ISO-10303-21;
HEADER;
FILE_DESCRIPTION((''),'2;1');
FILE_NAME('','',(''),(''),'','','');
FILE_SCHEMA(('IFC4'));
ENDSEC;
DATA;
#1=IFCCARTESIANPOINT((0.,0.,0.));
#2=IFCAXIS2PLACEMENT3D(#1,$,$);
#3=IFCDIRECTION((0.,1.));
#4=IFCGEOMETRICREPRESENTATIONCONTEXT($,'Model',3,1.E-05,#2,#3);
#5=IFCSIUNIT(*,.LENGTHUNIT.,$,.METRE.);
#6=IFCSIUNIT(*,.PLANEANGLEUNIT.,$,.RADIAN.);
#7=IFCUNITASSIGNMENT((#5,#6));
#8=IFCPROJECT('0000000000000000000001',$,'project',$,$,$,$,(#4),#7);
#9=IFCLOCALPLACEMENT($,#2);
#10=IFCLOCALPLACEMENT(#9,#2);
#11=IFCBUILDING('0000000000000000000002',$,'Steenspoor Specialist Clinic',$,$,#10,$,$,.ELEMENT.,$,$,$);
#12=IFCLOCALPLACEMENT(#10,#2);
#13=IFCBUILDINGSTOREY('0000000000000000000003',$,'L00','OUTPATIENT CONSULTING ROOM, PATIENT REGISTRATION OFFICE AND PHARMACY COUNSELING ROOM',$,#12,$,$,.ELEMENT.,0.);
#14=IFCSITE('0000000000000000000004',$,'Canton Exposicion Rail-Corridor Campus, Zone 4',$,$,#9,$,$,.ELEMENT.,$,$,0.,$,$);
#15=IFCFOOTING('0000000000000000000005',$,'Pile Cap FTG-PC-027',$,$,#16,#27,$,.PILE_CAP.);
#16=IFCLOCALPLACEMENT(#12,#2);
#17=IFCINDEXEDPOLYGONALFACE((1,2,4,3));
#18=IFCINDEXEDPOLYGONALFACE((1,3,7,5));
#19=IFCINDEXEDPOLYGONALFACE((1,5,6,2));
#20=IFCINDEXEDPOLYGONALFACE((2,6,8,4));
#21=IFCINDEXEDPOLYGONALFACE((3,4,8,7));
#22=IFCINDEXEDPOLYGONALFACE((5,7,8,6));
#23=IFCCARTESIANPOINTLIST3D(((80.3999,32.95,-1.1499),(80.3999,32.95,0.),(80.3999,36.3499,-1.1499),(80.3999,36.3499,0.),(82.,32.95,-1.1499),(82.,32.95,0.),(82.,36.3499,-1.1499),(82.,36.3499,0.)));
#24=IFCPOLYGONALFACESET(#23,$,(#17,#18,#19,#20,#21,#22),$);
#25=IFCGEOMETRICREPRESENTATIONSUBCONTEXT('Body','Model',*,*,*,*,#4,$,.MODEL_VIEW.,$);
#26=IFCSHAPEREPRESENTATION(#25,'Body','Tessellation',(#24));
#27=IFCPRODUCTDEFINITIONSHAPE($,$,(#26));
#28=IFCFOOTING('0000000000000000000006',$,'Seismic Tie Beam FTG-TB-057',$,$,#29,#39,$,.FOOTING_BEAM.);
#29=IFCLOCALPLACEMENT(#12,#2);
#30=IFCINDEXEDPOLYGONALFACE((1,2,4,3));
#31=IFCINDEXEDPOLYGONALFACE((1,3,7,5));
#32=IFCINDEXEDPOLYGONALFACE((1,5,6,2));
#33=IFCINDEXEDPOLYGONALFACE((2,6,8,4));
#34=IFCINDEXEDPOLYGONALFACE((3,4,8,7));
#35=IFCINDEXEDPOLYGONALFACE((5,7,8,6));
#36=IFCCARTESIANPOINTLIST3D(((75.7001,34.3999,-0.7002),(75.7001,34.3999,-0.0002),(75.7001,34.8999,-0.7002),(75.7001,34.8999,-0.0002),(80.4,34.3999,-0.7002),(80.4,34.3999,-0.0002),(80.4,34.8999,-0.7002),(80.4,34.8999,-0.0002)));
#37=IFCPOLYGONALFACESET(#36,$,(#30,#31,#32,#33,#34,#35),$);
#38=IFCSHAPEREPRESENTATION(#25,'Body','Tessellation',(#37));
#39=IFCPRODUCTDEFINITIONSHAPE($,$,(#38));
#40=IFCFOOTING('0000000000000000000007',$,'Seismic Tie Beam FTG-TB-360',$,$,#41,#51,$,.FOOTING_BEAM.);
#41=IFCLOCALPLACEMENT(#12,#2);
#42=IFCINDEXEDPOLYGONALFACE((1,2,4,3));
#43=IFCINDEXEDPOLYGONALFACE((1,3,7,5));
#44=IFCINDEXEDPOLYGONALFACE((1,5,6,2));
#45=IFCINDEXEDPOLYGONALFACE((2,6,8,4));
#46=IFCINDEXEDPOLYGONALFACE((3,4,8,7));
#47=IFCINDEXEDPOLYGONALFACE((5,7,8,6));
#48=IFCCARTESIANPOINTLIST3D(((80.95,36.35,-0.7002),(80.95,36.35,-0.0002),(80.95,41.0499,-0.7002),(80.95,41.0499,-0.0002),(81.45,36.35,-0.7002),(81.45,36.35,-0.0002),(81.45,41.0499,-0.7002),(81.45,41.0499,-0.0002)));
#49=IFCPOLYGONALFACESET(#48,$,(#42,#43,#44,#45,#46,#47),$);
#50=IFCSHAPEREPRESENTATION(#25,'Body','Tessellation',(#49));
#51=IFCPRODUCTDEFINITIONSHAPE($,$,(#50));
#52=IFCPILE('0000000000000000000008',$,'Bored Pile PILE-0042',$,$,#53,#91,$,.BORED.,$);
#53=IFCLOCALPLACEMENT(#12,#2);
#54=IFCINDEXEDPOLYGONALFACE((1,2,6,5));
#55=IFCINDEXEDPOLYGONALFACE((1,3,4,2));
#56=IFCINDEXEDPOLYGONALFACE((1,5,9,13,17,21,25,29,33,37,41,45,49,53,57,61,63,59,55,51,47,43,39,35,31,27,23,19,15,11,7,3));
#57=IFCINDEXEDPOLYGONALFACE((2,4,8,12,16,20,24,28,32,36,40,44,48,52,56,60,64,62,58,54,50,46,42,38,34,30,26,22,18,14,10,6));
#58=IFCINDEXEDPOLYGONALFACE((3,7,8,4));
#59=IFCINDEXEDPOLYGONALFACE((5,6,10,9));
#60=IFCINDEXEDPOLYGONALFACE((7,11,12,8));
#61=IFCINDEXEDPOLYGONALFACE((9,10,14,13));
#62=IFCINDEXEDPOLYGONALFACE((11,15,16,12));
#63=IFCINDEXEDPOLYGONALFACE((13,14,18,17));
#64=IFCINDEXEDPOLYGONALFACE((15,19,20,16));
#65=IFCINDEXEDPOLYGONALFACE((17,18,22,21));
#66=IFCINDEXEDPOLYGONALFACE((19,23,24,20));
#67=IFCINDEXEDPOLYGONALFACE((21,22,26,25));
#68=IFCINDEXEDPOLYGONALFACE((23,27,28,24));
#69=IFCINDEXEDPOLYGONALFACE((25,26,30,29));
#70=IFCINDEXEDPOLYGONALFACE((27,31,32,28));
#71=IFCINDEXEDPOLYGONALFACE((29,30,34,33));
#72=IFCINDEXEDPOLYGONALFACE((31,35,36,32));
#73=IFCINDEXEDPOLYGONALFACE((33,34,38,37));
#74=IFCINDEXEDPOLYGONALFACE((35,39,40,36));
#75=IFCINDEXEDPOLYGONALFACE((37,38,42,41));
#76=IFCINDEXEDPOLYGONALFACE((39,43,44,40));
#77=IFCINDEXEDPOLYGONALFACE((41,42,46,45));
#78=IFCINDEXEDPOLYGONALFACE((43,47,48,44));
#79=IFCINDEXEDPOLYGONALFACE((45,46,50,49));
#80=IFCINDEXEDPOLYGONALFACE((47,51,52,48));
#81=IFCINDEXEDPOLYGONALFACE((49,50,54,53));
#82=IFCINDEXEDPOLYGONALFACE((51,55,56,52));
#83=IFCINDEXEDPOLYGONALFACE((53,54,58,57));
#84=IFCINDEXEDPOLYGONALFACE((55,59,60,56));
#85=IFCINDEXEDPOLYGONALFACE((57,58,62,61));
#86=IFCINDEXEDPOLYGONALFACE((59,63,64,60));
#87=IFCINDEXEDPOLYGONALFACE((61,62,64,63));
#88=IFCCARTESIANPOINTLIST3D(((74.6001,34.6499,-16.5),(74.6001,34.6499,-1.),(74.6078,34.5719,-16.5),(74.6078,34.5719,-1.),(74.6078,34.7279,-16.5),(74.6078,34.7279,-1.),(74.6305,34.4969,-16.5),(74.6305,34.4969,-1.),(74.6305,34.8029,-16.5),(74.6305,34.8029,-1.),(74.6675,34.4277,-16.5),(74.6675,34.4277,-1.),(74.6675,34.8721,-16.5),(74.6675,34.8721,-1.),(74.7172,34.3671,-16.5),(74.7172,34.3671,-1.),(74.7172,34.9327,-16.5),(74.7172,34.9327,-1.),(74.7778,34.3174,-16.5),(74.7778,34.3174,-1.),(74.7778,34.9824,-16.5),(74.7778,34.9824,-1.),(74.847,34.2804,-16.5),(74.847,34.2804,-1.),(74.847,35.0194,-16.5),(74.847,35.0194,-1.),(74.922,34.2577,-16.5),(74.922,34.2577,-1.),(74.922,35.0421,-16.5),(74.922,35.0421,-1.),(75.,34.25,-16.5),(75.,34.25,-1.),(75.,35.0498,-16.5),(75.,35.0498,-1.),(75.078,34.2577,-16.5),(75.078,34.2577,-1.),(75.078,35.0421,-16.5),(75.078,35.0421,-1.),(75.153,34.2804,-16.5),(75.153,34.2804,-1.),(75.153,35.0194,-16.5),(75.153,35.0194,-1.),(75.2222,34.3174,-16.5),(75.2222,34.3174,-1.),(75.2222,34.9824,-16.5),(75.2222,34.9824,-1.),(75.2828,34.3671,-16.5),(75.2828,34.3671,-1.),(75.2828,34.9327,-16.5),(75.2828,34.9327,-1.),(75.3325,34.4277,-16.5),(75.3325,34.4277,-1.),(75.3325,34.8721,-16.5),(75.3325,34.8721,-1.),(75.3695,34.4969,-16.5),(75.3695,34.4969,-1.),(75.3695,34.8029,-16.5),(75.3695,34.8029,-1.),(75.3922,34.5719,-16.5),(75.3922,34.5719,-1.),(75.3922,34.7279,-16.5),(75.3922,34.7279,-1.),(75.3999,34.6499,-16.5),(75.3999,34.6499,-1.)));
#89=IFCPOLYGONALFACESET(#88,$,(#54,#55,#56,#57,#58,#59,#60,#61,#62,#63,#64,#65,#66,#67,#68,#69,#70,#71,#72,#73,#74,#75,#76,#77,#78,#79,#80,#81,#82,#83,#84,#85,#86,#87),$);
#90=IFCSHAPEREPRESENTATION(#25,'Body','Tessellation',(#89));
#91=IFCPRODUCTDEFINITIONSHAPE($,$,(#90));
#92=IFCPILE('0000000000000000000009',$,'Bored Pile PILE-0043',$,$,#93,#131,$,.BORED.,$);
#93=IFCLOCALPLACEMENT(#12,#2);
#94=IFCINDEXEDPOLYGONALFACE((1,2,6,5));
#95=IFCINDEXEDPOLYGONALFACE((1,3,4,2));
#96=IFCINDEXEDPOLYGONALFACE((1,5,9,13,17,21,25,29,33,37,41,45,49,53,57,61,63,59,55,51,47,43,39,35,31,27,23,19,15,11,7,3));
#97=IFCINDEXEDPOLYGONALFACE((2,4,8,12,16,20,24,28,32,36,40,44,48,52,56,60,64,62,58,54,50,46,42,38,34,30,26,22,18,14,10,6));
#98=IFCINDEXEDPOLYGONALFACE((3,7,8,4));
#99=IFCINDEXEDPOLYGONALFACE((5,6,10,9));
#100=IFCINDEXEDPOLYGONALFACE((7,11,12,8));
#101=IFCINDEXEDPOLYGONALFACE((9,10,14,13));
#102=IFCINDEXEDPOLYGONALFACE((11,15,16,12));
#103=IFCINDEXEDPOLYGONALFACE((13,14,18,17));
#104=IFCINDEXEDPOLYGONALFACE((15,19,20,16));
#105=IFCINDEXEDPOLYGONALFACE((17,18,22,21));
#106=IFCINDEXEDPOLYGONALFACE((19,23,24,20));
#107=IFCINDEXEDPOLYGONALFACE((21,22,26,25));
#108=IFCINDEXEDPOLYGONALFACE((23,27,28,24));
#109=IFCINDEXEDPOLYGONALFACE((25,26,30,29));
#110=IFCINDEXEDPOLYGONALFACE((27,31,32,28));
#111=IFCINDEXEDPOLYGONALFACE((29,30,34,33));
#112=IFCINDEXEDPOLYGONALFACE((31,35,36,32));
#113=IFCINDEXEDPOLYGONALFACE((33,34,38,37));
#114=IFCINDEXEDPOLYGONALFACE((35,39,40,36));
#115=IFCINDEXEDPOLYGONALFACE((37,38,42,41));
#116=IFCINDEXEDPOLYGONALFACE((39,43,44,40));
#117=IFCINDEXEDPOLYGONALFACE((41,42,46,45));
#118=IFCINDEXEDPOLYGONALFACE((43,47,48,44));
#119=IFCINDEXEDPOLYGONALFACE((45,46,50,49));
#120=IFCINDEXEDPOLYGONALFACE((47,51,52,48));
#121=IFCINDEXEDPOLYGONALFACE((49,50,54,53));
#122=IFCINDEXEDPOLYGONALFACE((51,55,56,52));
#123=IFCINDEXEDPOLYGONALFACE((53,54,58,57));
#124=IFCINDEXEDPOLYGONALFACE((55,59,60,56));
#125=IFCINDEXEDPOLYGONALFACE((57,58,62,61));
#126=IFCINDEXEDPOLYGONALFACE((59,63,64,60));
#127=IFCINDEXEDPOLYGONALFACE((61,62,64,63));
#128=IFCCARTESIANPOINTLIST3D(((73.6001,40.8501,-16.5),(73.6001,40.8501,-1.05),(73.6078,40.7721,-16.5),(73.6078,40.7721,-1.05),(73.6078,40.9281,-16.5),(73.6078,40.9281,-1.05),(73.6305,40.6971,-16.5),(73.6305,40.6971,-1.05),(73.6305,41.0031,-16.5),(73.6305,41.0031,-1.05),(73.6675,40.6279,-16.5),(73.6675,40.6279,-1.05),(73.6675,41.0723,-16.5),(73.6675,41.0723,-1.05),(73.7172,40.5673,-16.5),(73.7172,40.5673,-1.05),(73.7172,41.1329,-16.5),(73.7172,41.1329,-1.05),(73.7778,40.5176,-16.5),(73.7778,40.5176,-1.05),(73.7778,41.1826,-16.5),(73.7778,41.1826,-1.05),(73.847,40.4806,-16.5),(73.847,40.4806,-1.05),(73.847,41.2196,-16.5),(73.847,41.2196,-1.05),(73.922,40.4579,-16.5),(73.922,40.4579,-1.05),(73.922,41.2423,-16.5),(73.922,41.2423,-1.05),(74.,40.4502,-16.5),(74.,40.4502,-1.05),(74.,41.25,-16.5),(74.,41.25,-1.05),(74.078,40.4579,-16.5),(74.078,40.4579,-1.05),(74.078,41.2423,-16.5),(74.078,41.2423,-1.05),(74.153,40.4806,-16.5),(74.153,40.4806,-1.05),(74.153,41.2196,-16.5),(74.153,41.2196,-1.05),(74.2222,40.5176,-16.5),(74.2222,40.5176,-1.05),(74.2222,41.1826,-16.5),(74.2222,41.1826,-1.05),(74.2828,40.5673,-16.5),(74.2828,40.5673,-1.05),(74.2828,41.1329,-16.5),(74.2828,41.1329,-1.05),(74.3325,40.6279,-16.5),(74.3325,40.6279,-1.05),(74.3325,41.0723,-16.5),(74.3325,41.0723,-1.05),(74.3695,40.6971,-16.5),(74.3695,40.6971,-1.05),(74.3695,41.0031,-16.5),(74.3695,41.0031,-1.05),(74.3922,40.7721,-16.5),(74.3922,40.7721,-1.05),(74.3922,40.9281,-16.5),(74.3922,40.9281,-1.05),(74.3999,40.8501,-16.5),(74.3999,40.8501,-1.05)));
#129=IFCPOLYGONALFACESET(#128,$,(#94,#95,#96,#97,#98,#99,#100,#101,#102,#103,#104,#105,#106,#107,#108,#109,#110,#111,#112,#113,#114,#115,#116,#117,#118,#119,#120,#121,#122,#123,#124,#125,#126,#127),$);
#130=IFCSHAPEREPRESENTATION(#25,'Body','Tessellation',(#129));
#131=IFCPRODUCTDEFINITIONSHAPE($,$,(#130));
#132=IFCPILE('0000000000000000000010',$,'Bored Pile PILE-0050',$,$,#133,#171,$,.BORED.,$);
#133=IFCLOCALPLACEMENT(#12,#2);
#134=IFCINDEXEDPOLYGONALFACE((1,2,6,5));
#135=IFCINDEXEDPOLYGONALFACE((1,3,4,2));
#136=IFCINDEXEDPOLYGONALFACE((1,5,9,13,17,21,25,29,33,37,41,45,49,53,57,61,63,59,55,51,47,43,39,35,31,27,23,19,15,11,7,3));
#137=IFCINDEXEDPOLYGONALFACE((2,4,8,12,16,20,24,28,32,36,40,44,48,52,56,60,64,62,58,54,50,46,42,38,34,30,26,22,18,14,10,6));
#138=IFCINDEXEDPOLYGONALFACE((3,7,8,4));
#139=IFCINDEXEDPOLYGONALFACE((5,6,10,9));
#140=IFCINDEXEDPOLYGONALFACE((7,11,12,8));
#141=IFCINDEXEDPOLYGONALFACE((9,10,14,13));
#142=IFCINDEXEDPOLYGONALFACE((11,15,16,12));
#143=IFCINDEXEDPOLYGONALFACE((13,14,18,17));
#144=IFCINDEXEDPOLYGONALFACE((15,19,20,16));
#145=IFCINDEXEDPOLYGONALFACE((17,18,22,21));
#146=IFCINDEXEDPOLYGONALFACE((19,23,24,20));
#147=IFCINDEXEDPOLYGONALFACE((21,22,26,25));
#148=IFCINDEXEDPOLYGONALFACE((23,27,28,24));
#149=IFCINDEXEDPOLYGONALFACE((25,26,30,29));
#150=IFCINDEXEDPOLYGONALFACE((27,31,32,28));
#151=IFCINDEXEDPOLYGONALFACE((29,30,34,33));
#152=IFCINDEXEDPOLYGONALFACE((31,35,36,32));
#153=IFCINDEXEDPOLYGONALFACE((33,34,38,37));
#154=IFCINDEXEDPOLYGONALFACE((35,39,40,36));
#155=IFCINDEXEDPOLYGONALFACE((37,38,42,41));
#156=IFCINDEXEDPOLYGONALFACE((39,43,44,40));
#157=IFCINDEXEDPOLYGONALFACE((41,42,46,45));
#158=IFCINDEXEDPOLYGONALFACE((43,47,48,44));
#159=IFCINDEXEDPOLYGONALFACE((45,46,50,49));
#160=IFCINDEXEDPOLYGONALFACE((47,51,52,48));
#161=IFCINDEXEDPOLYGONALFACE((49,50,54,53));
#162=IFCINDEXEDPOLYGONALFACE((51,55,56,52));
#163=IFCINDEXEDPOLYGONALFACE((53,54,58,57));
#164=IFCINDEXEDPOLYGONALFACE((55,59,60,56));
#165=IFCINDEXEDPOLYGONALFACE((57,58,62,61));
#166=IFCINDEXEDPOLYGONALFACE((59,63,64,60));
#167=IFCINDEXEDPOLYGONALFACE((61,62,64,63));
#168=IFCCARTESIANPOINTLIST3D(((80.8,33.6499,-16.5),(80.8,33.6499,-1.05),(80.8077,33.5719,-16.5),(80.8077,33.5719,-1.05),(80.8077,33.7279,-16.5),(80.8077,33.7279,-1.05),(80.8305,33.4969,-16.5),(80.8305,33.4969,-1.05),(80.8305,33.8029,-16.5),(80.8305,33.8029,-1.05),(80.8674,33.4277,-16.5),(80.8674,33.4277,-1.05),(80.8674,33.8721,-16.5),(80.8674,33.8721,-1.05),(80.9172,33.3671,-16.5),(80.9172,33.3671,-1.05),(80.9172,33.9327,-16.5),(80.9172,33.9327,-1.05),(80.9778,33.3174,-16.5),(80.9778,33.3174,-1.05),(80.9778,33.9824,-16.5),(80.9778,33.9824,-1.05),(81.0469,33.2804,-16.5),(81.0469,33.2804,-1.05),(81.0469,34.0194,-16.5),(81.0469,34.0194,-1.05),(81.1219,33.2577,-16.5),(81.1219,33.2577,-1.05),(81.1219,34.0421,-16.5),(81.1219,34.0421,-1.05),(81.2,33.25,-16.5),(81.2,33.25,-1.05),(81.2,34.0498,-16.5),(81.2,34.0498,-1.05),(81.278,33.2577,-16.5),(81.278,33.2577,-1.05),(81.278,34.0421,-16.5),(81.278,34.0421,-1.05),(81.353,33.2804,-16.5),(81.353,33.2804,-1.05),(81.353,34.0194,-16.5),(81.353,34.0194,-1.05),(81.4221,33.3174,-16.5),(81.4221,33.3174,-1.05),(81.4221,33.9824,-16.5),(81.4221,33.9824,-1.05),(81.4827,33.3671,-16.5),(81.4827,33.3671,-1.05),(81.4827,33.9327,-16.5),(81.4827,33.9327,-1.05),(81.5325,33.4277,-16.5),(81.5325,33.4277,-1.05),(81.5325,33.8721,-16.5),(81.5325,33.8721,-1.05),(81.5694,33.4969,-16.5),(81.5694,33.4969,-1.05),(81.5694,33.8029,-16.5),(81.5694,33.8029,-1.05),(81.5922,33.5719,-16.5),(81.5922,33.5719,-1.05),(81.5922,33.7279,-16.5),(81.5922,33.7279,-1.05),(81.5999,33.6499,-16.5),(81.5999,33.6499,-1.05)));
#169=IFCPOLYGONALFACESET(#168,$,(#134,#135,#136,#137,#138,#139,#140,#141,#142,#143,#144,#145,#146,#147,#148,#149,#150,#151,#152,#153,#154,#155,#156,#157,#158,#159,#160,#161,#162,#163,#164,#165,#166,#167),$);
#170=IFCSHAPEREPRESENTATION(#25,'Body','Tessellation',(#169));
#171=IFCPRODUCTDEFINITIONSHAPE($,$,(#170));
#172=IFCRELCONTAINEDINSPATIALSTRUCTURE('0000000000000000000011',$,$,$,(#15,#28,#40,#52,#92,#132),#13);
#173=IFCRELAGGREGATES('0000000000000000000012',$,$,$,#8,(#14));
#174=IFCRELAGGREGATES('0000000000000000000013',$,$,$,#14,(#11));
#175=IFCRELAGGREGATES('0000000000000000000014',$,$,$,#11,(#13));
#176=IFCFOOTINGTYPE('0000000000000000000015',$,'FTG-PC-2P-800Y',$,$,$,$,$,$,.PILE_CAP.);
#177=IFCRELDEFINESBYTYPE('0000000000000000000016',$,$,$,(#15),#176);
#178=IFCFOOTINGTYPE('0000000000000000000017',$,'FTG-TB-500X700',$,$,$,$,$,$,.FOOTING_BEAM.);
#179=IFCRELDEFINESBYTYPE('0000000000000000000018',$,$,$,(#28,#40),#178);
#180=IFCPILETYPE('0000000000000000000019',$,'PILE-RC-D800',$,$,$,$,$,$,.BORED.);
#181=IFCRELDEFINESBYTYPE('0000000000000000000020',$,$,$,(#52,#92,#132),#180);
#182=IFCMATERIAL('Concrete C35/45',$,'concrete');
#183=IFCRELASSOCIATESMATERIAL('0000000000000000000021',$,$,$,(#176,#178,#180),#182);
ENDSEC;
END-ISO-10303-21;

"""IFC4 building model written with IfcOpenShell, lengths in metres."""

from ifc_helpers import new_model, si_unit, direction, frame, origin, origin_2d, place, context, subcontext, project, spatial, rectangle, circle, extrude, material, material_profile, profile_set, type_object, element, save


model = new_model("IFC4")

# Units and contexts
model_context = context("Model", 3, precision=1e-05, world=origin(), true_north=direction((0.0, 1.0)))
body_context = subcontext(model_context, "Body", "Model", "MODEL_VIEW")
ifc_project = project(units=[si_unit("LENGTHUNIT", "METRE"), si_unit("PLANEANGLEUNIT", "RADIAN")], contexts=[model_context])

# Site, building, storey
site_placement = place(None, origin())
site = spatial("IfcSite", under=ifc_project, at=site_placement, Name="Canton Exposicion Rail-Corridor Campus, Zone 4", CompositionType="ELEMENT", RefElevation=0.0)
building_placement = place(site_placement, origin())
building = spatial("IfcBuilding", under=site, at=building_placement, Name="Steenspoor Specialist Clinic", CompositionType="ELEMENT")
storey_placement = place(building_placement, origin())
storey = spatial("IfcBuildingStorey", under=building, at=storey_placement, Name="L00", Description="OUTPATIENT CONSULTING ROOM, PATIENT REGISTRATION OFFICE AND PHARMACY COUNSELING ROOM", CompositionType="ELEMENT", Elevation=0.0)

# Footings
ifc_material_1 = material(Name="Concrete C35/45", Category="concrete")
footing_type_1 = type_object("IfcFootingType", Name="FTG-PC-2P-800Y", PredefinedType="PILE_CAP", material=ifc_material_1)
footing_1_placement = place(storey_placement, frame((81.2, 34.6499, -1.1499), z_axis=(0.0, 0.0, 1.0), x_axis=(1.0, 0.0, 0.0)))
element("IfcFooting", 1, at=footing_1_placement, inside=storey, type_object=footing_type_1, Name="Pile Cap FTG-PC-027", PredefinedType="PILE_CAP", context=body_context, shape_type="SweptSolid", body=[
    extrude(rectangle(XDim=1.6001, YDim=3.3999, at=origin_2d()), origin(), (0.0, 0.0, 1.0), 1.1499),
])
footing_type_2 = type_object("IfcFootingType", Name="FTG-TB-500X700", PredefinedType="FOOTING_BEAM", material=ifc_material_1)
footing_2_placement = place(storey_placement, frame((78.05, 34.6499, -0.7002), z_axis=(0.0, 0.0, 1.0), x_axis=(1.0, 0.0, 0.0)))
element("IfcFooting", 2, at=footing_2_placement, inside=storey, type_object=footing_type_2, Name="Seismic Tie Beam FTG-TB-057", PredefinedType="FOOTING_BEAM", context=body_context, shape_type="SweptSolid", body=[
    extrude(rectangle(XDim=4.7, YDim=0.5, at=origin_2d()), origin(), (0.0, 0.0, 1.0), 0.7),
])
footing_3_placement = place(storey_placement, frame((81.2, 38.7, -0.7002), z_axis=(0.0, 0.0, 1.0), x_axis=(1.0, 0.0, 0.0)))
element("IfcFooting", 3, at=footing_3_placement, inside=storey, type_object=footing_type_2, Name="Seismic Tie Beam FTG-TB-360", PredefinedType="FOOTING_BEAM", context=body_context, shape_type="SweptSolid", body=[
    extrude(rectangle(XDim=0.5, YDim=4.7, at=origin_2d()), origin(), (0.0, 0.0, 1.0), 0.7),
])

# Piles
ifc_material_profile_1 = material_profile(ifc_material_1, circle(Radius=0.3999, at=origin_2d()), Name="PILE-D800")
ifc_profile_set_1 = profile_set([ifc_material_profile_1], Name="Concrete C35/45")
pile_type = type_object("IfcPileType", Name="PILE-RC-D800", PredefinedType="BORED", material=ifc_profile_set_1)
pile_placement = place(storey_placement, frame((75.0, 34.6499, -1.0), z_axis=(0.0, 0.0, -1.0), x_axis=(1.0, 0.0, 0.0)))
element("IfcPile", 4, at=pile_placement, inside=storey, type_object=pile_type, Name="Bored Pile PILE-0042", PredefinedType="BORED", context=body_context, shape_type="SweptSolid", body=[
    extrude(circle(Radius=0.3999, at=origin_2d()), origin(), (0.0, 0.0, 1.0), 15.5),
])
for number, where, z_axis, x_axis, name in (
    (5, (74.0, 40.8501, -1.05), (0.0, 0.0, -1.0), (1.0, 0.0, 0.0), "Bored Pile PILE-0043"),
    (6, (81.2, 33.6499, -1.05), (0.0, 0.0, -1.0), (1.0, 0.0, 0.0), "Bored Pile PILE-0050"),
):
    element("IfcPile", number, at=place(storey_placement, frame(where, z_axis=z_axis, x_axis=x_axis)), inside=storey, type_object=pile_type, Name=name, PredefinedType="BORED", context=body_context, shape_type="SweptSolid", body=[
        extrude(circle(Radius=0.3999, at=origin_2d()), origin(), (0.0, 0.0, 1.0), 15.45),
    ])

save(model, "model.ifc")
